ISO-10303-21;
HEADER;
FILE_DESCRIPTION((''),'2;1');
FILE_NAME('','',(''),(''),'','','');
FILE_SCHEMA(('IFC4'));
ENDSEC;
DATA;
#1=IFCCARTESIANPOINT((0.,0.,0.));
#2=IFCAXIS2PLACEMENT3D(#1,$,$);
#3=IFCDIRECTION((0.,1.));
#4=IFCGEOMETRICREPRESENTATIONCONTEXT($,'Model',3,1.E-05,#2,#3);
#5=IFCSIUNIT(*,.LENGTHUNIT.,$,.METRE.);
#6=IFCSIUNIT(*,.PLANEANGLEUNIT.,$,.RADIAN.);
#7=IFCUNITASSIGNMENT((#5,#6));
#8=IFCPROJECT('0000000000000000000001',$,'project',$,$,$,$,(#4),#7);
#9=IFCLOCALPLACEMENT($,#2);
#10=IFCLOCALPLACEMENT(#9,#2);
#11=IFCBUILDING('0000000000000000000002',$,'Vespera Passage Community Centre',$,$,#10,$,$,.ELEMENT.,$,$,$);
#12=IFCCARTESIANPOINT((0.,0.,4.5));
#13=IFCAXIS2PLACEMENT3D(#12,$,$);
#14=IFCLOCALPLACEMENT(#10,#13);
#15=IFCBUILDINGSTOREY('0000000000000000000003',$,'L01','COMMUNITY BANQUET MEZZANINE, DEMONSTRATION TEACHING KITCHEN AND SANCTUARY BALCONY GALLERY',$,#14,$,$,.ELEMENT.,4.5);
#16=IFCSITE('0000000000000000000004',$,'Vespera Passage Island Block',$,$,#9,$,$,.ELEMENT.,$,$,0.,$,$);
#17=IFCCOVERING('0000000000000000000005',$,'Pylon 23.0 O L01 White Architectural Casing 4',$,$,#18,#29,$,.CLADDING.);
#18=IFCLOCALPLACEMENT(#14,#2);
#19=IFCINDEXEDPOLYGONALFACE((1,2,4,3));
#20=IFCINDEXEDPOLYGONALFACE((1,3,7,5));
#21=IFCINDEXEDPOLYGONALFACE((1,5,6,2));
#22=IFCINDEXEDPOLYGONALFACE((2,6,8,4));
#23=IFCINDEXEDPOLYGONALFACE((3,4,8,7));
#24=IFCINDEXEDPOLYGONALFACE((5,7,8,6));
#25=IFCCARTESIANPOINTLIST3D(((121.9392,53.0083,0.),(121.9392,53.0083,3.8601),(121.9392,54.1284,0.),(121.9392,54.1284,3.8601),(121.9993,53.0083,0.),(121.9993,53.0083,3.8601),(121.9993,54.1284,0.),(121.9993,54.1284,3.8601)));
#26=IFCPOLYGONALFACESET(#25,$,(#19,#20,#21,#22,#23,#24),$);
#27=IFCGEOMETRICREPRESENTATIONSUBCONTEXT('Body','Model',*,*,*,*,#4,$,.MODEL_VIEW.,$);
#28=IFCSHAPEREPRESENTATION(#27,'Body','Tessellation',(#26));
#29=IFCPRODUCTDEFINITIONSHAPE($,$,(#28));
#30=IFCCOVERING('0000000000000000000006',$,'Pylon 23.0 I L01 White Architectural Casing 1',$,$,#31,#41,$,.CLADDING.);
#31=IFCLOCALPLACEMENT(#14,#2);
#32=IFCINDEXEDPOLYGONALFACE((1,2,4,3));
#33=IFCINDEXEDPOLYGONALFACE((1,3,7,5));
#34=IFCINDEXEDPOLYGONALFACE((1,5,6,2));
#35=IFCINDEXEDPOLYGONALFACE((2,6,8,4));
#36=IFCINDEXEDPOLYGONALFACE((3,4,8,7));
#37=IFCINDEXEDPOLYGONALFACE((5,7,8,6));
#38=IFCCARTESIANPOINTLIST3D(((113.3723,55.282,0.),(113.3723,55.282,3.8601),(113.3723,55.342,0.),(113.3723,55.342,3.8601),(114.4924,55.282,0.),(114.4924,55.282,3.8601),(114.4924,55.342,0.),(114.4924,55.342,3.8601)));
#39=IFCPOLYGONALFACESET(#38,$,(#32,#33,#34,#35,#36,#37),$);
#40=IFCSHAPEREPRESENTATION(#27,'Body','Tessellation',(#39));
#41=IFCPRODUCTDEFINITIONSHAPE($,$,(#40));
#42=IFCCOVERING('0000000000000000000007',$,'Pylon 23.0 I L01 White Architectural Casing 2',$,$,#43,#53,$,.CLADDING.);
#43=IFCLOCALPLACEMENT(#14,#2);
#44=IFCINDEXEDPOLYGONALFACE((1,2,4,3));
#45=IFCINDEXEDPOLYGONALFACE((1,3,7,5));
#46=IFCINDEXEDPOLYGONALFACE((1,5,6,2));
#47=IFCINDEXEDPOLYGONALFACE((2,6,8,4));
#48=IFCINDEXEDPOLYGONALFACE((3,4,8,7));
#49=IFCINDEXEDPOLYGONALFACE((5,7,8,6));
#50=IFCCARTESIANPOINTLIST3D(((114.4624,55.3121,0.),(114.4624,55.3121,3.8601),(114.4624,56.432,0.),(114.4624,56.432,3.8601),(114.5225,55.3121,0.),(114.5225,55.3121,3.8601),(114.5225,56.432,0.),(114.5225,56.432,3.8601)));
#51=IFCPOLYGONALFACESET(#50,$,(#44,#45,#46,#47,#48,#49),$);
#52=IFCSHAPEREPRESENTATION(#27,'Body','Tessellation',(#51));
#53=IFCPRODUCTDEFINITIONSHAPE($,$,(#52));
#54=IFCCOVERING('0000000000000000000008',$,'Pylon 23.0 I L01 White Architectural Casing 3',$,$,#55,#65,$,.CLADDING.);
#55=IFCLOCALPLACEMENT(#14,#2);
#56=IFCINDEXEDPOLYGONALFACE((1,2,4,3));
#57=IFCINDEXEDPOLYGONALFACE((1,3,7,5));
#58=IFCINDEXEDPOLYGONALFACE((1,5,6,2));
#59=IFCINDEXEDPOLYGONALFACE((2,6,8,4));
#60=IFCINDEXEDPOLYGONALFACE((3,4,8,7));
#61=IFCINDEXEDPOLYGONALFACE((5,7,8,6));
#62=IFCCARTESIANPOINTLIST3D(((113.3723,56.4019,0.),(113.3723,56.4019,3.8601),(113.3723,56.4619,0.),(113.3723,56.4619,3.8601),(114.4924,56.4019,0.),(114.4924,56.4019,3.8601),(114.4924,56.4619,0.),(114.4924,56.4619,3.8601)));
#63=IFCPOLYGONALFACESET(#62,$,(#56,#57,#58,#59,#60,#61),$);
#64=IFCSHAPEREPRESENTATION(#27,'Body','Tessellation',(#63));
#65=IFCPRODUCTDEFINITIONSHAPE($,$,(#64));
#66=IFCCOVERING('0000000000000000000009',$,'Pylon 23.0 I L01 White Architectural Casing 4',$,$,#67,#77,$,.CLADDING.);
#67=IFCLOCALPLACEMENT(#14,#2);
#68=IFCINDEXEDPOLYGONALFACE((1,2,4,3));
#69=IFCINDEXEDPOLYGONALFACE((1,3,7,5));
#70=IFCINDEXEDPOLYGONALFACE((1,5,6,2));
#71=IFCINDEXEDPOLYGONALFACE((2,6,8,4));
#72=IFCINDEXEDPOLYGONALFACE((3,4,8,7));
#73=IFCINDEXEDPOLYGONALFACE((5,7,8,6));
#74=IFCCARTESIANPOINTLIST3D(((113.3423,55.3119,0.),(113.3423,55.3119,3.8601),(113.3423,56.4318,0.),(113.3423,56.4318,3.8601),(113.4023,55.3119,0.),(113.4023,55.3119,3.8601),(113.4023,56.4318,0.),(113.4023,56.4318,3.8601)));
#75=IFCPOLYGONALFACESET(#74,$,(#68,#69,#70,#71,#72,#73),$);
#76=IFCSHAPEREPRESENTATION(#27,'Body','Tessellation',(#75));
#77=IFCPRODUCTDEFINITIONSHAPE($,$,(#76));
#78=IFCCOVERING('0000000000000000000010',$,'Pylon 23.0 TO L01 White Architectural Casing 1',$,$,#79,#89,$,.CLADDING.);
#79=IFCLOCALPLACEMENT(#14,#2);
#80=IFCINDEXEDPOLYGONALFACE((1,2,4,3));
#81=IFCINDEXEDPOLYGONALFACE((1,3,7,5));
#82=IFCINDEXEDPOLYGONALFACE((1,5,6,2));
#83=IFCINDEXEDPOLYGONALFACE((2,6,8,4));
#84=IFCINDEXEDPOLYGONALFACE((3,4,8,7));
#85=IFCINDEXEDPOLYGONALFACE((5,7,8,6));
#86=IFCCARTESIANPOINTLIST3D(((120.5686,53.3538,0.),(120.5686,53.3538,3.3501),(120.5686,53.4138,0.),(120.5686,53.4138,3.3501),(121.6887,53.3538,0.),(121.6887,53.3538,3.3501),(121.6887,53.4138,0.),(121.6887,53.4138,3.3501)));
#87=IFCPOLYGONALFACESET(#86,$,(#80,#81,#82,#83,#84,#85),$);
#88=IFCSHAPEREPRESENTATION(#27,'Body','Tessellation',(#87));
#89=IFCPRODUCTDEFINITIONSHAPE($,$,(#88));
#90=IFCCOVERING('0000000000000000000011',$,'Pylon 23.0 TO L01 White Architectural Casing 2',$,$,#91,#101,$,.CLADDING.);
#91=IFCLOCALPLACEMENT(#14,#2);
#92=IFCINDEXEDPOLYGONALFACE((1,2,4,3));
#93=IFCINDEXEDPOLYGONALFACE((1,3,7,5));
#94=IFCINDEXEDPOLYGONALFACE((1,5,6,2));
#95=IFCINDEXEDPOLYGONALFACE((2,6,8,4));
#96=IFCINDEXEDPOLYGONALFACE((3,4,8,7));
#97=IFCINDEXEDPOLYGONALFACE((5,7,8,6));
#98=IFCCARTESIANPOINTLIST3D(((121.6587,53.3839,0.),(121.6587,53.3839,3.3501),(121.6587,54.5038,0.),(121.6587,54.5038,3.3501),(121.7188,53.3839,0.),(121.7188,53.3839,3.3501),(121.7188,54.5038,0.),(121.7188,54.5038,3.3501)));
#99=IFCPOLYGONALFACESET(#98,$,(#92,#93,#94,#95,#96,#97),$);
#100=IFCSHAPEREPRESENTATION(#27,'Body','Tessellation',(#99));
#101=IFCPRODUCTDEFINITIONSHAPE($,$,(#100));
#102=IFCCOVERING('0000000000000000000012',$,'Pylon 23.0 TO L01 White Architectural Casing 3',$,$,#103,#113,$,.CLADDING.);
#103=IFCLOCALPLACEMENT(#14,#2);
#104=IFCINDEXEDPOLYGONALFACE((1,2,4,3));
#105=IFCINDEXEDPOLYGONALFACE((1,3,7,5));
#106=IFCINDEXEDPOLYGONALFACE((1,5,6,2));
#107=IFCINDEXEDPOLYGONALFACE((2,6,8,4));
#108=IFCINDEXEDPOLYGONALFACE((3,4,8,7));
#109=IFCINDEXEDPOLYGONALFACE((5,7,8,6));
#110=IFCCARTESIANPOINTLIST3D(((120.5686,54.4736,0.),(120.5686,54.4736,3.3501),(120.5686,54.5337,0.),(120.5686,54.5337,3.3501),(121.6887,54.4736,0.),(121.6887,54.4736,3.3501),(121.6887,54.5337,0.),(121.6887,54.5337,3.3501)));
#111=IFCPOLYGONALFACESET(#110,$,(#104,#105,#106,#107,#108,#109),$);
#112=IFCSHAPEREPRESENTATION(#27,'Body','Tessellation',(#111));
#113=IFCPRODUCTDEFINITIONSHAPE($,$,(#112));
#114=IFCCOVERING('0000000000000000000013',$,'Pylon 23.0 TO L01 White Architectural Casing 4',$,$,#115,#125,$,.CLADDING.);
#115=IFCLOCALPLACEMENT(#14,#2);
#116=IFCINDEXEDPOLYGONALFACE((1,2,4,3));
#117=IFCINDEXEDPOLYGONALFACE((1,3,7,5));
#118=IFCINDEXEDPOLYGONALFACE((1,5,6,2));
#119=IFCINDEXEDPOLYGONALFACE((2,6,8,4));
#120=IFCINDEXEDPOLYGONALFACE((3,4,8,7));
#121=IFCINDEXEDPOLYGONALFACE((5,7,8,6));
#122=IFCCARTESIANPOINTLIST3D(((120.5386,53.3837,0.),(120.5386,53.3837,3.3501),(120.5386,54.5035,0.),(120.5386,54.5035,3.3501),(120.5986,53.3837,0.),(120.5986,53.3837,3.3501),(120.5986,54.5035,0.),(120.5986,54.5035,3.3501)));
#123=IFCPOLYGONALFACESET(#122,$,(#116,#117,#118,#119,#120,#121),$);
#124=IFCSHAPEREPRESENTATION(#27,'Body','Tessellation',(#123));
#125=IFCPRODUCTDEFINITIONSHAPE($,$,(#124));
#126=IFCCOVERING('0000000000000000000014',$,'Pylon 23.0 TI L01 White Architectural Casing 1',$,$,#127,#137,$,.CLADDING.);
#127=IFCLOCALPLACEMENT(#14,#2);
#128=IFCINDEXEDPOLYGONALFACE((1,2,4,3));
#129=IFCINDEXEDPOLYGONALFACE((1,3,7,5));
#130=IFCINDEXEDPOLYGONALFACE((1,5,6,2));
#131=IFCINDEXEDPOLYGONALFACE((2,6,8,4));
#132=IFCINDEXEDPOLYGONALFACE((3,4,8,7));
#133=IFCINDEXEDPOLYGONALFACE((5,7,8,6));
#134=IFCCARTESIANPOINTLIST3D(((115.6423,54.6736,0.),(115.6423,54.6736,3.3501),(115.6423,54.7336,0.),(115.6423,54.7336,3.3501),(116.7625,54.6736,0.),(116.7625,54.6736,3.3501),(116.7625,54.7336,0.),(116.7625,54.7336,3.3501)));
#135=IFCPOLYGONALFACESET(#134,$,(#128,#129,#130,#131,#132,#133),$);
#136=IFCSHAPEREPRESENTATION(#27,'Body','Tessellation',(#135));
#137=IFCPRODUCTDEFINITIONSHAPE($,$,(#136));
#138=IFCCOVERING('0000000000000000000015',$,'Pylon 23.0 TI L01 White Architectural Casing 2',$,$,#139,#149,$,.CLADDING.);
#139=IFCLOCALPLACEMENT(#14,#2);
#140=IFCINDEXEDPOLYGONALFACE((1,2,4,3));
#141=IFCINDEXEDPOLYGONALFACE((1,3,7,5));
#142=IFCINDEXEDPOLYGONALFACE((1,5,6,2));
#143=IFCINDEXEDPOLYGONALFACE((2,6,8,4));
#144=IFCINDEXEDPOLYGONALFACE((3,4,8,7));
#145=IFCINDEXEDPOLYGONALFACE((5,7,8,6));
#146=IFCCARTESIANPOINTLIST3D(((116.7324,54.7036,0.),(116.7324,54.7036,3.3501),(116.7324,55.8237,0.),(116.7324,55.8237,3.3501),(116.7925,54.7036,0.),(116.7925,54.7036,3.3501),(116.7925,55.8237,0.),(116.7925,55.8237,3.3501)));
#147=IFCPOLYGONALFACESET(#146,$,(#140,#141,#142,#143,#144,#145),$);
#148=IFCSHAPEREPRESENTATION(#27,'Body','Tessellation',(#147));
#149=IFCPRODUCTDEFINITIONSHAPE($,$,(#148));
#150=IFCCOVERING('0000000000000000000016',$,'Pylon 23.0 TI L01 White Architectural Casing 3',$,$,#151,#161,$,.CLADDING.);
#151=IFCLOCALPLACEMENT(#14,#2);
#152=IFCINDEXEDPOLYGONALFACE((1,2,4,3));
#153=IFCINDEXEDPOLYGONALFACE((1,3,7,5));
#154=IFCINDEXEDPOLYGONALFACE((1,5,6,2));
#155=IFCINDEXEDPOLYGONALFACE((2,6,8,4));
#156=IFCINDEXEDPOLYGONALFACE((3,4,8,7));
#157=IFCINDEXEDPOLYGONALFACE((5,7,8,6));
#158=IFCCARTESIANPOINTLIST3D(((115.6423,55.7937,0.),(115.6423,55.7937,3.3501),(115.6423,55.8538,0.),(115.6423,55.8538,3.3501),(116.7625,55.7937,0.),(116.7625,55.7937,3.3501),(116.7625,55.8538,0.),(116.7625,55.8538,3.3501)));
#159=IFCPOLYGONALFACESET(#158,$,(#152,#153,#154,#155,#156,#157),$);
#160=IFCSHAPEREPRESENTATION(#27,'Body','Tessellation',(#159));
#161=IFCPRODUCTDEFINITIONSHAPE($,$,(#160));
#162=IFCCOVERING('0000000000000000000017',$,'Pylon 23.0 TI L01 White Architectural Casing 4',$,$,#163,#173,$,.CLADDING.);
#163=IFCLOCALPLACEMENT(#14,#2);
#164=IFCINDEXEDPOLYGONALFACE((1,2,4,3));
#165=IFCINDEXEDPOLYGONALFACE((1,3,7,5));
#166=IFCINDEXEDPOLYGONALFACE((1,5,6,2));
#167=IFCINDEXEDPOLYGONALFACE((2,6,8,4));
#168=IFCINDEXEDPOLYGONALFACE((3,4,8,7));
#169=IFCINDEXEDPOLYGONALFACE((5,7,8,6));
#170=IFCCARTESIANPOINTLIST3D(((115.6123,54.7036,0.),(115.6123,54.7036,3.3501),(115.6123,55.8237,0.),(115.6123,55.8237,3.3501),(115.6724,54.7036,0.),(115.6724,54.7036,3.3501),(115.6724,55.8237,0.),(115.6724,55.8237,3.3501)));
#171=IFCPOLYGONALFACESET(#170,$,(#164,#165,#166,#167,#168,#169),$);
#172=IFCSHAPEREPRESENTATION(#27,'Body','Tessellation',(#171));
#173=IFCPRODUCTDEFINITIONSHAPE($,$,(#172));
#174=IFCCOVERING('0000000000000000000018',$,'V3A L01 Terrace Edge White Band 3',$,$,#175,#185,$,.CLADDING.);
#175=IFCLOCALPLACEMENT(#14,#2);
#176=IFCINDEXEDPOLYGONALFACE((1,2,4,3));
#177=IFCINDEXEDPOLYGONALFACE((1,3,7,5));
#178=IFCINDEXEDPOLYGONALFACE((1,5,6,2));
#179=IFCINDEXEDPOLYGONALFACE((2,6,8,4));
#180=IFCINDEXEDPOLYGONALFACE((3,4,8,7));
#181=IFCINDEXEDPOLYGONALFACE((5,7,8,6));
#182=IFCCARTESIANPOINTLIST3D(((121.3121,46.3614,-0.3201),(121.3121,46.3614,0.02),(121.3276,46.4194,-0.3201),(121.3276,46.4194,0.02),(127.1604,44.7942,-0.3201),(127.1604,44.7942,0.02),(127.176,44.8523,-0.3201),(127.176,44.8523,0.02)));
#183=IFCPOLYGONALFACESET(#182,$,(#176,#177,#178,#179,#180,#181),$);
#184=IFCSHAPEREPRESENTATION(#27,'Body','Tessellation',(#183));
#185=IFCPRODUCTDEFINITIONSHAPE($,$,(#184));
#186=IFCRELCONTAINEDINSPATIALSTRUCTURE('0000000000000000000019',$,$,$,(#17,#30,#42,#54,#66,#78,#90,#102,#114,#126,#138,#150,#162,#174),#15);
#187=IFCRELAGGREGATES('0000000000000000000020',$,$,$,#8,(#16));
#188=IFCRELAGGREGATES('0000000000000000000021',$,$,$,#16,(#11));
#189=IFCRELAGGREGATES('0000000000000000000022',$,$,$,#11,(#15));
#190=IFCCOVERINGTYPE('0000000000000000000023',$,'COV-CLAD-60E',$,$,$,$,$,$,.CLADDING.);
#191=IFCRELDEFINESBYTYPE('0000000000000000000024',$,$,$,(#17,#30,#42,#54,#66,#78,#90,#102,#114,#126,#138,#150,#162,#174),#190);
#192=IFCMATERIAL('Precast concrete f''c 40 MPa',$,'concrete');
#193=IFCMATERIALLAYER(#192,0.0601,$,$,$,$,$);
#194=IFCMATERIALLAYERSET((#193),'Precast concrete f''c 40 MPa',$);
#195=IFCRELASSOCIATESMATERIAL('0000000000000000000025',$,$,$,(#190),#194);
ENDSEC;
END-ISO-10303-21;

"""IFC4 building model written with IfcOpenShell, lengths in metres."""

from ifc_helpers import new_model, si_unit, direction, frame, frame_2d, origin, place, context, subcontext, project, spatial, rectangle, extrude, material, layer, layer_set, type_object, element, save


model = new_model("IFC4")

# Units and contexts
model_context = context("Model", 3, precision=1e-05, world=origin(), true_north=direction((0.0, 1.0)))
body_context = subcontext(model_context, "Body", "Model", "MODEL_VIEW")
ifc_project = project(units=[si_unit("LENGTHUNIT", "METRE"), si_unit("PLANEANGLEUNIT", "RADIAN")], contexts=[model_context])

# Site, building, storey
site_placement = place(None, origin())
site = spatial("IfcSite", under=ifc_project, at=site_placement, Name="Vespera Passage Island Block", CompositionType="ELEMENT", RefElevation=0.0)
building_placement = place(site_placement, origin())
building = spatial("IfcBuilding", under=site, at=building_placement, Name="Vespera Passage Community Centre", CompositionType="ELEMENT")
storey_placement = place(building_placement, frame((0.0, 0.0, 4.5)))
storey = spatial("IfcBuildingStorey", under=building, at=storey_placement, Name="L01", Description="COMMUNITY BANQUET MEZZANINE, DEMONSTRATION TEACHING KITCHEN AND SANCTUARY BALCONY GALLERY", CompositionType="ELEMENT", Elevation=4.5)

# Coverings
ifc_material_1 = material(Name="Precast concrete f'c 40 MPa", Category="concrete")
ifc_layer = layer(ifc_material_1, 0.0601)
ifc_layer_set = layer_set([ifc_layer], Name="Precast concrete f'c 40 MPa")
covering_type = type_object("IfcCoveringType", Name="COV-CLAD-60E", PredefinedType="CLADDING", material=ifc_layer_set)
for number, where, z_axis, x_axis, name in (
    (1, (121.9692, 54.1284, 0.0), (0.0, 0.0, 1.0), (0.0, -1.0, 0.0), "Pylon 23.0 O L01 White Architectural Casing 4"),
    (2, (113.3723, 55.312, 0.0), (0.0, 0.0, 1.0), (1.0, 0.0, 0.0), "Pylon 23.0 I L01 White Architectural Casing 1"),
):
    element("IfcCovering", number, at=place(storey_placement, frame(where, z_axis=z_axis, x_axis=x_axis)), inside=storey, type_object=covering_type, Name=name, PredefinedType="CLADDING", context=body_context, shape_type="SweptSolid", body=[
        extrude(rectangle(XDim=1.1201, YDim=0.0601, at=frame_2d((0.5601, 0.0))), origin(), (0.0, 0.0, 1.0), 3.8601),
    ])
covering_1_placement = place(storey_placement, frame((114.4924, 55.312, 0.0), z_axis=(0.0, 0.0, 1.0), x_axis=(0.0, 1.0, 0.0)))
element("IfcCovering", 3, at=covering_1_placement, inside=storey, type_object=covering_type, Name="Pylon 23.0 I L01 White Architectural Casing 2", PredefinedType="CLADDING", context=body_context, shape_type="SweptSolid", body=[
    extrude(rectangle(XDim=1.1199, YDim=0.0601, at=frame_2d((0.5601, 0.0))), origin(), (0.0, 0.0, 1.0), 3.8601),
])
covering_2_placement = place(storey_placement, frame((114.4924, 56.4319, 0.0), z_axis=(0.0, 0.0, 1.0), x_axis=(-1.0, 0.0, 0.0)))
element("IfcCovering", 4, at=covering_2_placement, inside=storey, type_object=covering_type, Name="Pylon 23.0 I L01 White Architectural Casing 3", PredefinedType="CLADDING", context=body_context, shape_type="SweptSolid", body=[
    extrude(rectangle(XDim=1.1201, YDim=0.0601, at=frame_2d((0.5601, 0.0))), origin(), (0.0, 0.0, 1.0), 3.8601),
])
covering_3_placement = place(storey_placement, frame((113.3723, 56.4319, 0.0), z_axis=(0.0, 0.0, 1.0), x_axis=(0.0, -1.0, 0.0)))
element("IfcCovering", 5, at=covering_3_placement, inside=storey, type_object=covering_type, Name="Pylon 23.0 I L01 White Architectural Casing 4", PredefinedType="CLADDING", context=body_context, shape_type="SweptSolid", body=[
    extrude(rectangle(XDim=1.1199, YDim=0.0601, at=frame_2d((0.5601, 0.0))), origin(), (0.0, 0.0, 1.0), 3.8601),
])
covering_4_placement = place(storey_placement, frame((120.5686, 53.3838, 0.0), z_axis=(0.0, 0.0, 1.0), x_axis=(1.0, 0.0, 0.0)))
element("IfcCovering", 6, at=covering_4_placement, inside=storey, type_object=covering_type, Name="Pylon 23.0 TO L01 White Architectural Casing 1", PredefinedType="CLADDING", context=body_context, shape_type="SweptSolid", body=[
    extrude(rectangle(XDim=1.1201, YDim=0.0601, at=frame_2d((0.5601, 0.0))), origin(), (0.0, 0.0, 1.0), 3.3501),
])
covering_5_placement = place(storey_placement, frame((121.6887, 53.3838, 0.0), z_axis=(0.0, 0.0, 1.0), x_axis=(0.0, 1.0, 0.0)))
element("IfcCovering", 7, at=covering_5_placement, inside=storey, type_object=covering_type, Name="Pylon 23.0 TO L01 White Architectural Casing 2", PredefinedType="CLADDING", context=body_context, shape_type="SweptSolid", body=[
    extrude(rectangle(XDim=1.1199, YDim=0.0601, at=frame_2d((0.5601, 0.0))), origin(), (0.0, 0.0, 1.0), 3.3501),
])
covering_6_placement = place(storey_placement, frame((121.6887, 54.5037, 0.0), z_axis=(0.0, 0.0, 1.0), x_axis=(-1.0, 0.0, 0.0)))
element("IfcCovering", 8, at=covering_6_placement, inside=storey, type_object=covering_type, Name="Pylon 23.0 TO L01 White Architectural Casing 3", PredefinedType="CLADDING", context=body_context, shape_type="SweptSolid", body=[
    extrude(rectangle(XDim=1.1201, YDim=0.0601, at=frame_2d((0.5601, 0.0))), origin(), (0.0, 0.0, 1.0), 3.3501),
])
covering_7_placement = place(storey_placement, frame((120.5686, 54.5037, 0.0), z_axis=(0.0, 0.0, 1.0), x_axis=(0.0, -1.0, 0.0)))
element("IfcCovering", 9, at=covering_7_placement, inside=storey, type_object=covering_type, Name="Pylon 23.0 TO L01 White Architectural Casing 4", PredefinedType="CLADDING", context=body_context, shape_type="SweptSolid", body=[
    extrude(rectangle(XDim=1.1199, YDim=0.0601, at=frame_2d((0.5601, 0.0))), origin(), (0.0, 0.0, 1.0), 3.3501),
])
for number, where, z_axis, x_axis, name in (
    (10, (115.6423, 54.7036, 0.0), (0.0, 0.0, 1.0), (1.0, 0.0, 0.0), "Pylon 23.0 TI L01 White Architectural Casing 1"),
    (11, (116.7625, 54.7036, 0.0), (0.0, 0.0, 1.0), (0.0, 1.0, 0.0), "Pylon 23.0 TI L01 White Architectural Casing 2"),
    (12, (116.7625, 55.8237, 0.0), (0.0, 0.0, 1.0), (-1.0, 0.0, 0.0), "Pylon 23.0 TI L01 White Architectural Casing 3"),
    (13, (115.6423, 55.8237, 0.0), (0.0, 0.0, 1.0), (0.0, -1.0, 0.0), "Pylon 23.0 TI L01 White Architectural Casing 4"),
):
    element("IfcCovering", number, at=place(storey_placement, frame(where, z_axis=z_axis, x_axis=x_axis)), inside=storey, type_object=covering_type, Name=name, PredefinedType="CLADDING", context=body_context, shape_type="SweptSolid", body=[
        extrude(rectangle(XDim=1.1201, YDim=0.0601, at=frame_2d((0.5601, 0.0))), origin(), (0.0, 0.0, 1.0), 3.3501),
    ])
covering_8_placement = place(storey_placement, frame((121.3198, 46.3904, -0.3201), z_axis=(0.0, 0.0, 1.0), x_axis=(0.965923, -0.258829, 0.0)))
element("IfcCovering", 14, at=covering_8_placement, inside=storey, type_object=covering_type, Name="V3A L01 Terrace Edge White Band 3", PredefinedType="CLADDING", context=body_context, shape_type="SweptSolid", body=[
    extrude(rectangle(XDim=6.0547, YDim=0.0601, at=frame_2d((3.0273, 0.0))), origin(), (0.0, 0.0, 1.0), 0.3401),
])

save(model, "model.ifc")
